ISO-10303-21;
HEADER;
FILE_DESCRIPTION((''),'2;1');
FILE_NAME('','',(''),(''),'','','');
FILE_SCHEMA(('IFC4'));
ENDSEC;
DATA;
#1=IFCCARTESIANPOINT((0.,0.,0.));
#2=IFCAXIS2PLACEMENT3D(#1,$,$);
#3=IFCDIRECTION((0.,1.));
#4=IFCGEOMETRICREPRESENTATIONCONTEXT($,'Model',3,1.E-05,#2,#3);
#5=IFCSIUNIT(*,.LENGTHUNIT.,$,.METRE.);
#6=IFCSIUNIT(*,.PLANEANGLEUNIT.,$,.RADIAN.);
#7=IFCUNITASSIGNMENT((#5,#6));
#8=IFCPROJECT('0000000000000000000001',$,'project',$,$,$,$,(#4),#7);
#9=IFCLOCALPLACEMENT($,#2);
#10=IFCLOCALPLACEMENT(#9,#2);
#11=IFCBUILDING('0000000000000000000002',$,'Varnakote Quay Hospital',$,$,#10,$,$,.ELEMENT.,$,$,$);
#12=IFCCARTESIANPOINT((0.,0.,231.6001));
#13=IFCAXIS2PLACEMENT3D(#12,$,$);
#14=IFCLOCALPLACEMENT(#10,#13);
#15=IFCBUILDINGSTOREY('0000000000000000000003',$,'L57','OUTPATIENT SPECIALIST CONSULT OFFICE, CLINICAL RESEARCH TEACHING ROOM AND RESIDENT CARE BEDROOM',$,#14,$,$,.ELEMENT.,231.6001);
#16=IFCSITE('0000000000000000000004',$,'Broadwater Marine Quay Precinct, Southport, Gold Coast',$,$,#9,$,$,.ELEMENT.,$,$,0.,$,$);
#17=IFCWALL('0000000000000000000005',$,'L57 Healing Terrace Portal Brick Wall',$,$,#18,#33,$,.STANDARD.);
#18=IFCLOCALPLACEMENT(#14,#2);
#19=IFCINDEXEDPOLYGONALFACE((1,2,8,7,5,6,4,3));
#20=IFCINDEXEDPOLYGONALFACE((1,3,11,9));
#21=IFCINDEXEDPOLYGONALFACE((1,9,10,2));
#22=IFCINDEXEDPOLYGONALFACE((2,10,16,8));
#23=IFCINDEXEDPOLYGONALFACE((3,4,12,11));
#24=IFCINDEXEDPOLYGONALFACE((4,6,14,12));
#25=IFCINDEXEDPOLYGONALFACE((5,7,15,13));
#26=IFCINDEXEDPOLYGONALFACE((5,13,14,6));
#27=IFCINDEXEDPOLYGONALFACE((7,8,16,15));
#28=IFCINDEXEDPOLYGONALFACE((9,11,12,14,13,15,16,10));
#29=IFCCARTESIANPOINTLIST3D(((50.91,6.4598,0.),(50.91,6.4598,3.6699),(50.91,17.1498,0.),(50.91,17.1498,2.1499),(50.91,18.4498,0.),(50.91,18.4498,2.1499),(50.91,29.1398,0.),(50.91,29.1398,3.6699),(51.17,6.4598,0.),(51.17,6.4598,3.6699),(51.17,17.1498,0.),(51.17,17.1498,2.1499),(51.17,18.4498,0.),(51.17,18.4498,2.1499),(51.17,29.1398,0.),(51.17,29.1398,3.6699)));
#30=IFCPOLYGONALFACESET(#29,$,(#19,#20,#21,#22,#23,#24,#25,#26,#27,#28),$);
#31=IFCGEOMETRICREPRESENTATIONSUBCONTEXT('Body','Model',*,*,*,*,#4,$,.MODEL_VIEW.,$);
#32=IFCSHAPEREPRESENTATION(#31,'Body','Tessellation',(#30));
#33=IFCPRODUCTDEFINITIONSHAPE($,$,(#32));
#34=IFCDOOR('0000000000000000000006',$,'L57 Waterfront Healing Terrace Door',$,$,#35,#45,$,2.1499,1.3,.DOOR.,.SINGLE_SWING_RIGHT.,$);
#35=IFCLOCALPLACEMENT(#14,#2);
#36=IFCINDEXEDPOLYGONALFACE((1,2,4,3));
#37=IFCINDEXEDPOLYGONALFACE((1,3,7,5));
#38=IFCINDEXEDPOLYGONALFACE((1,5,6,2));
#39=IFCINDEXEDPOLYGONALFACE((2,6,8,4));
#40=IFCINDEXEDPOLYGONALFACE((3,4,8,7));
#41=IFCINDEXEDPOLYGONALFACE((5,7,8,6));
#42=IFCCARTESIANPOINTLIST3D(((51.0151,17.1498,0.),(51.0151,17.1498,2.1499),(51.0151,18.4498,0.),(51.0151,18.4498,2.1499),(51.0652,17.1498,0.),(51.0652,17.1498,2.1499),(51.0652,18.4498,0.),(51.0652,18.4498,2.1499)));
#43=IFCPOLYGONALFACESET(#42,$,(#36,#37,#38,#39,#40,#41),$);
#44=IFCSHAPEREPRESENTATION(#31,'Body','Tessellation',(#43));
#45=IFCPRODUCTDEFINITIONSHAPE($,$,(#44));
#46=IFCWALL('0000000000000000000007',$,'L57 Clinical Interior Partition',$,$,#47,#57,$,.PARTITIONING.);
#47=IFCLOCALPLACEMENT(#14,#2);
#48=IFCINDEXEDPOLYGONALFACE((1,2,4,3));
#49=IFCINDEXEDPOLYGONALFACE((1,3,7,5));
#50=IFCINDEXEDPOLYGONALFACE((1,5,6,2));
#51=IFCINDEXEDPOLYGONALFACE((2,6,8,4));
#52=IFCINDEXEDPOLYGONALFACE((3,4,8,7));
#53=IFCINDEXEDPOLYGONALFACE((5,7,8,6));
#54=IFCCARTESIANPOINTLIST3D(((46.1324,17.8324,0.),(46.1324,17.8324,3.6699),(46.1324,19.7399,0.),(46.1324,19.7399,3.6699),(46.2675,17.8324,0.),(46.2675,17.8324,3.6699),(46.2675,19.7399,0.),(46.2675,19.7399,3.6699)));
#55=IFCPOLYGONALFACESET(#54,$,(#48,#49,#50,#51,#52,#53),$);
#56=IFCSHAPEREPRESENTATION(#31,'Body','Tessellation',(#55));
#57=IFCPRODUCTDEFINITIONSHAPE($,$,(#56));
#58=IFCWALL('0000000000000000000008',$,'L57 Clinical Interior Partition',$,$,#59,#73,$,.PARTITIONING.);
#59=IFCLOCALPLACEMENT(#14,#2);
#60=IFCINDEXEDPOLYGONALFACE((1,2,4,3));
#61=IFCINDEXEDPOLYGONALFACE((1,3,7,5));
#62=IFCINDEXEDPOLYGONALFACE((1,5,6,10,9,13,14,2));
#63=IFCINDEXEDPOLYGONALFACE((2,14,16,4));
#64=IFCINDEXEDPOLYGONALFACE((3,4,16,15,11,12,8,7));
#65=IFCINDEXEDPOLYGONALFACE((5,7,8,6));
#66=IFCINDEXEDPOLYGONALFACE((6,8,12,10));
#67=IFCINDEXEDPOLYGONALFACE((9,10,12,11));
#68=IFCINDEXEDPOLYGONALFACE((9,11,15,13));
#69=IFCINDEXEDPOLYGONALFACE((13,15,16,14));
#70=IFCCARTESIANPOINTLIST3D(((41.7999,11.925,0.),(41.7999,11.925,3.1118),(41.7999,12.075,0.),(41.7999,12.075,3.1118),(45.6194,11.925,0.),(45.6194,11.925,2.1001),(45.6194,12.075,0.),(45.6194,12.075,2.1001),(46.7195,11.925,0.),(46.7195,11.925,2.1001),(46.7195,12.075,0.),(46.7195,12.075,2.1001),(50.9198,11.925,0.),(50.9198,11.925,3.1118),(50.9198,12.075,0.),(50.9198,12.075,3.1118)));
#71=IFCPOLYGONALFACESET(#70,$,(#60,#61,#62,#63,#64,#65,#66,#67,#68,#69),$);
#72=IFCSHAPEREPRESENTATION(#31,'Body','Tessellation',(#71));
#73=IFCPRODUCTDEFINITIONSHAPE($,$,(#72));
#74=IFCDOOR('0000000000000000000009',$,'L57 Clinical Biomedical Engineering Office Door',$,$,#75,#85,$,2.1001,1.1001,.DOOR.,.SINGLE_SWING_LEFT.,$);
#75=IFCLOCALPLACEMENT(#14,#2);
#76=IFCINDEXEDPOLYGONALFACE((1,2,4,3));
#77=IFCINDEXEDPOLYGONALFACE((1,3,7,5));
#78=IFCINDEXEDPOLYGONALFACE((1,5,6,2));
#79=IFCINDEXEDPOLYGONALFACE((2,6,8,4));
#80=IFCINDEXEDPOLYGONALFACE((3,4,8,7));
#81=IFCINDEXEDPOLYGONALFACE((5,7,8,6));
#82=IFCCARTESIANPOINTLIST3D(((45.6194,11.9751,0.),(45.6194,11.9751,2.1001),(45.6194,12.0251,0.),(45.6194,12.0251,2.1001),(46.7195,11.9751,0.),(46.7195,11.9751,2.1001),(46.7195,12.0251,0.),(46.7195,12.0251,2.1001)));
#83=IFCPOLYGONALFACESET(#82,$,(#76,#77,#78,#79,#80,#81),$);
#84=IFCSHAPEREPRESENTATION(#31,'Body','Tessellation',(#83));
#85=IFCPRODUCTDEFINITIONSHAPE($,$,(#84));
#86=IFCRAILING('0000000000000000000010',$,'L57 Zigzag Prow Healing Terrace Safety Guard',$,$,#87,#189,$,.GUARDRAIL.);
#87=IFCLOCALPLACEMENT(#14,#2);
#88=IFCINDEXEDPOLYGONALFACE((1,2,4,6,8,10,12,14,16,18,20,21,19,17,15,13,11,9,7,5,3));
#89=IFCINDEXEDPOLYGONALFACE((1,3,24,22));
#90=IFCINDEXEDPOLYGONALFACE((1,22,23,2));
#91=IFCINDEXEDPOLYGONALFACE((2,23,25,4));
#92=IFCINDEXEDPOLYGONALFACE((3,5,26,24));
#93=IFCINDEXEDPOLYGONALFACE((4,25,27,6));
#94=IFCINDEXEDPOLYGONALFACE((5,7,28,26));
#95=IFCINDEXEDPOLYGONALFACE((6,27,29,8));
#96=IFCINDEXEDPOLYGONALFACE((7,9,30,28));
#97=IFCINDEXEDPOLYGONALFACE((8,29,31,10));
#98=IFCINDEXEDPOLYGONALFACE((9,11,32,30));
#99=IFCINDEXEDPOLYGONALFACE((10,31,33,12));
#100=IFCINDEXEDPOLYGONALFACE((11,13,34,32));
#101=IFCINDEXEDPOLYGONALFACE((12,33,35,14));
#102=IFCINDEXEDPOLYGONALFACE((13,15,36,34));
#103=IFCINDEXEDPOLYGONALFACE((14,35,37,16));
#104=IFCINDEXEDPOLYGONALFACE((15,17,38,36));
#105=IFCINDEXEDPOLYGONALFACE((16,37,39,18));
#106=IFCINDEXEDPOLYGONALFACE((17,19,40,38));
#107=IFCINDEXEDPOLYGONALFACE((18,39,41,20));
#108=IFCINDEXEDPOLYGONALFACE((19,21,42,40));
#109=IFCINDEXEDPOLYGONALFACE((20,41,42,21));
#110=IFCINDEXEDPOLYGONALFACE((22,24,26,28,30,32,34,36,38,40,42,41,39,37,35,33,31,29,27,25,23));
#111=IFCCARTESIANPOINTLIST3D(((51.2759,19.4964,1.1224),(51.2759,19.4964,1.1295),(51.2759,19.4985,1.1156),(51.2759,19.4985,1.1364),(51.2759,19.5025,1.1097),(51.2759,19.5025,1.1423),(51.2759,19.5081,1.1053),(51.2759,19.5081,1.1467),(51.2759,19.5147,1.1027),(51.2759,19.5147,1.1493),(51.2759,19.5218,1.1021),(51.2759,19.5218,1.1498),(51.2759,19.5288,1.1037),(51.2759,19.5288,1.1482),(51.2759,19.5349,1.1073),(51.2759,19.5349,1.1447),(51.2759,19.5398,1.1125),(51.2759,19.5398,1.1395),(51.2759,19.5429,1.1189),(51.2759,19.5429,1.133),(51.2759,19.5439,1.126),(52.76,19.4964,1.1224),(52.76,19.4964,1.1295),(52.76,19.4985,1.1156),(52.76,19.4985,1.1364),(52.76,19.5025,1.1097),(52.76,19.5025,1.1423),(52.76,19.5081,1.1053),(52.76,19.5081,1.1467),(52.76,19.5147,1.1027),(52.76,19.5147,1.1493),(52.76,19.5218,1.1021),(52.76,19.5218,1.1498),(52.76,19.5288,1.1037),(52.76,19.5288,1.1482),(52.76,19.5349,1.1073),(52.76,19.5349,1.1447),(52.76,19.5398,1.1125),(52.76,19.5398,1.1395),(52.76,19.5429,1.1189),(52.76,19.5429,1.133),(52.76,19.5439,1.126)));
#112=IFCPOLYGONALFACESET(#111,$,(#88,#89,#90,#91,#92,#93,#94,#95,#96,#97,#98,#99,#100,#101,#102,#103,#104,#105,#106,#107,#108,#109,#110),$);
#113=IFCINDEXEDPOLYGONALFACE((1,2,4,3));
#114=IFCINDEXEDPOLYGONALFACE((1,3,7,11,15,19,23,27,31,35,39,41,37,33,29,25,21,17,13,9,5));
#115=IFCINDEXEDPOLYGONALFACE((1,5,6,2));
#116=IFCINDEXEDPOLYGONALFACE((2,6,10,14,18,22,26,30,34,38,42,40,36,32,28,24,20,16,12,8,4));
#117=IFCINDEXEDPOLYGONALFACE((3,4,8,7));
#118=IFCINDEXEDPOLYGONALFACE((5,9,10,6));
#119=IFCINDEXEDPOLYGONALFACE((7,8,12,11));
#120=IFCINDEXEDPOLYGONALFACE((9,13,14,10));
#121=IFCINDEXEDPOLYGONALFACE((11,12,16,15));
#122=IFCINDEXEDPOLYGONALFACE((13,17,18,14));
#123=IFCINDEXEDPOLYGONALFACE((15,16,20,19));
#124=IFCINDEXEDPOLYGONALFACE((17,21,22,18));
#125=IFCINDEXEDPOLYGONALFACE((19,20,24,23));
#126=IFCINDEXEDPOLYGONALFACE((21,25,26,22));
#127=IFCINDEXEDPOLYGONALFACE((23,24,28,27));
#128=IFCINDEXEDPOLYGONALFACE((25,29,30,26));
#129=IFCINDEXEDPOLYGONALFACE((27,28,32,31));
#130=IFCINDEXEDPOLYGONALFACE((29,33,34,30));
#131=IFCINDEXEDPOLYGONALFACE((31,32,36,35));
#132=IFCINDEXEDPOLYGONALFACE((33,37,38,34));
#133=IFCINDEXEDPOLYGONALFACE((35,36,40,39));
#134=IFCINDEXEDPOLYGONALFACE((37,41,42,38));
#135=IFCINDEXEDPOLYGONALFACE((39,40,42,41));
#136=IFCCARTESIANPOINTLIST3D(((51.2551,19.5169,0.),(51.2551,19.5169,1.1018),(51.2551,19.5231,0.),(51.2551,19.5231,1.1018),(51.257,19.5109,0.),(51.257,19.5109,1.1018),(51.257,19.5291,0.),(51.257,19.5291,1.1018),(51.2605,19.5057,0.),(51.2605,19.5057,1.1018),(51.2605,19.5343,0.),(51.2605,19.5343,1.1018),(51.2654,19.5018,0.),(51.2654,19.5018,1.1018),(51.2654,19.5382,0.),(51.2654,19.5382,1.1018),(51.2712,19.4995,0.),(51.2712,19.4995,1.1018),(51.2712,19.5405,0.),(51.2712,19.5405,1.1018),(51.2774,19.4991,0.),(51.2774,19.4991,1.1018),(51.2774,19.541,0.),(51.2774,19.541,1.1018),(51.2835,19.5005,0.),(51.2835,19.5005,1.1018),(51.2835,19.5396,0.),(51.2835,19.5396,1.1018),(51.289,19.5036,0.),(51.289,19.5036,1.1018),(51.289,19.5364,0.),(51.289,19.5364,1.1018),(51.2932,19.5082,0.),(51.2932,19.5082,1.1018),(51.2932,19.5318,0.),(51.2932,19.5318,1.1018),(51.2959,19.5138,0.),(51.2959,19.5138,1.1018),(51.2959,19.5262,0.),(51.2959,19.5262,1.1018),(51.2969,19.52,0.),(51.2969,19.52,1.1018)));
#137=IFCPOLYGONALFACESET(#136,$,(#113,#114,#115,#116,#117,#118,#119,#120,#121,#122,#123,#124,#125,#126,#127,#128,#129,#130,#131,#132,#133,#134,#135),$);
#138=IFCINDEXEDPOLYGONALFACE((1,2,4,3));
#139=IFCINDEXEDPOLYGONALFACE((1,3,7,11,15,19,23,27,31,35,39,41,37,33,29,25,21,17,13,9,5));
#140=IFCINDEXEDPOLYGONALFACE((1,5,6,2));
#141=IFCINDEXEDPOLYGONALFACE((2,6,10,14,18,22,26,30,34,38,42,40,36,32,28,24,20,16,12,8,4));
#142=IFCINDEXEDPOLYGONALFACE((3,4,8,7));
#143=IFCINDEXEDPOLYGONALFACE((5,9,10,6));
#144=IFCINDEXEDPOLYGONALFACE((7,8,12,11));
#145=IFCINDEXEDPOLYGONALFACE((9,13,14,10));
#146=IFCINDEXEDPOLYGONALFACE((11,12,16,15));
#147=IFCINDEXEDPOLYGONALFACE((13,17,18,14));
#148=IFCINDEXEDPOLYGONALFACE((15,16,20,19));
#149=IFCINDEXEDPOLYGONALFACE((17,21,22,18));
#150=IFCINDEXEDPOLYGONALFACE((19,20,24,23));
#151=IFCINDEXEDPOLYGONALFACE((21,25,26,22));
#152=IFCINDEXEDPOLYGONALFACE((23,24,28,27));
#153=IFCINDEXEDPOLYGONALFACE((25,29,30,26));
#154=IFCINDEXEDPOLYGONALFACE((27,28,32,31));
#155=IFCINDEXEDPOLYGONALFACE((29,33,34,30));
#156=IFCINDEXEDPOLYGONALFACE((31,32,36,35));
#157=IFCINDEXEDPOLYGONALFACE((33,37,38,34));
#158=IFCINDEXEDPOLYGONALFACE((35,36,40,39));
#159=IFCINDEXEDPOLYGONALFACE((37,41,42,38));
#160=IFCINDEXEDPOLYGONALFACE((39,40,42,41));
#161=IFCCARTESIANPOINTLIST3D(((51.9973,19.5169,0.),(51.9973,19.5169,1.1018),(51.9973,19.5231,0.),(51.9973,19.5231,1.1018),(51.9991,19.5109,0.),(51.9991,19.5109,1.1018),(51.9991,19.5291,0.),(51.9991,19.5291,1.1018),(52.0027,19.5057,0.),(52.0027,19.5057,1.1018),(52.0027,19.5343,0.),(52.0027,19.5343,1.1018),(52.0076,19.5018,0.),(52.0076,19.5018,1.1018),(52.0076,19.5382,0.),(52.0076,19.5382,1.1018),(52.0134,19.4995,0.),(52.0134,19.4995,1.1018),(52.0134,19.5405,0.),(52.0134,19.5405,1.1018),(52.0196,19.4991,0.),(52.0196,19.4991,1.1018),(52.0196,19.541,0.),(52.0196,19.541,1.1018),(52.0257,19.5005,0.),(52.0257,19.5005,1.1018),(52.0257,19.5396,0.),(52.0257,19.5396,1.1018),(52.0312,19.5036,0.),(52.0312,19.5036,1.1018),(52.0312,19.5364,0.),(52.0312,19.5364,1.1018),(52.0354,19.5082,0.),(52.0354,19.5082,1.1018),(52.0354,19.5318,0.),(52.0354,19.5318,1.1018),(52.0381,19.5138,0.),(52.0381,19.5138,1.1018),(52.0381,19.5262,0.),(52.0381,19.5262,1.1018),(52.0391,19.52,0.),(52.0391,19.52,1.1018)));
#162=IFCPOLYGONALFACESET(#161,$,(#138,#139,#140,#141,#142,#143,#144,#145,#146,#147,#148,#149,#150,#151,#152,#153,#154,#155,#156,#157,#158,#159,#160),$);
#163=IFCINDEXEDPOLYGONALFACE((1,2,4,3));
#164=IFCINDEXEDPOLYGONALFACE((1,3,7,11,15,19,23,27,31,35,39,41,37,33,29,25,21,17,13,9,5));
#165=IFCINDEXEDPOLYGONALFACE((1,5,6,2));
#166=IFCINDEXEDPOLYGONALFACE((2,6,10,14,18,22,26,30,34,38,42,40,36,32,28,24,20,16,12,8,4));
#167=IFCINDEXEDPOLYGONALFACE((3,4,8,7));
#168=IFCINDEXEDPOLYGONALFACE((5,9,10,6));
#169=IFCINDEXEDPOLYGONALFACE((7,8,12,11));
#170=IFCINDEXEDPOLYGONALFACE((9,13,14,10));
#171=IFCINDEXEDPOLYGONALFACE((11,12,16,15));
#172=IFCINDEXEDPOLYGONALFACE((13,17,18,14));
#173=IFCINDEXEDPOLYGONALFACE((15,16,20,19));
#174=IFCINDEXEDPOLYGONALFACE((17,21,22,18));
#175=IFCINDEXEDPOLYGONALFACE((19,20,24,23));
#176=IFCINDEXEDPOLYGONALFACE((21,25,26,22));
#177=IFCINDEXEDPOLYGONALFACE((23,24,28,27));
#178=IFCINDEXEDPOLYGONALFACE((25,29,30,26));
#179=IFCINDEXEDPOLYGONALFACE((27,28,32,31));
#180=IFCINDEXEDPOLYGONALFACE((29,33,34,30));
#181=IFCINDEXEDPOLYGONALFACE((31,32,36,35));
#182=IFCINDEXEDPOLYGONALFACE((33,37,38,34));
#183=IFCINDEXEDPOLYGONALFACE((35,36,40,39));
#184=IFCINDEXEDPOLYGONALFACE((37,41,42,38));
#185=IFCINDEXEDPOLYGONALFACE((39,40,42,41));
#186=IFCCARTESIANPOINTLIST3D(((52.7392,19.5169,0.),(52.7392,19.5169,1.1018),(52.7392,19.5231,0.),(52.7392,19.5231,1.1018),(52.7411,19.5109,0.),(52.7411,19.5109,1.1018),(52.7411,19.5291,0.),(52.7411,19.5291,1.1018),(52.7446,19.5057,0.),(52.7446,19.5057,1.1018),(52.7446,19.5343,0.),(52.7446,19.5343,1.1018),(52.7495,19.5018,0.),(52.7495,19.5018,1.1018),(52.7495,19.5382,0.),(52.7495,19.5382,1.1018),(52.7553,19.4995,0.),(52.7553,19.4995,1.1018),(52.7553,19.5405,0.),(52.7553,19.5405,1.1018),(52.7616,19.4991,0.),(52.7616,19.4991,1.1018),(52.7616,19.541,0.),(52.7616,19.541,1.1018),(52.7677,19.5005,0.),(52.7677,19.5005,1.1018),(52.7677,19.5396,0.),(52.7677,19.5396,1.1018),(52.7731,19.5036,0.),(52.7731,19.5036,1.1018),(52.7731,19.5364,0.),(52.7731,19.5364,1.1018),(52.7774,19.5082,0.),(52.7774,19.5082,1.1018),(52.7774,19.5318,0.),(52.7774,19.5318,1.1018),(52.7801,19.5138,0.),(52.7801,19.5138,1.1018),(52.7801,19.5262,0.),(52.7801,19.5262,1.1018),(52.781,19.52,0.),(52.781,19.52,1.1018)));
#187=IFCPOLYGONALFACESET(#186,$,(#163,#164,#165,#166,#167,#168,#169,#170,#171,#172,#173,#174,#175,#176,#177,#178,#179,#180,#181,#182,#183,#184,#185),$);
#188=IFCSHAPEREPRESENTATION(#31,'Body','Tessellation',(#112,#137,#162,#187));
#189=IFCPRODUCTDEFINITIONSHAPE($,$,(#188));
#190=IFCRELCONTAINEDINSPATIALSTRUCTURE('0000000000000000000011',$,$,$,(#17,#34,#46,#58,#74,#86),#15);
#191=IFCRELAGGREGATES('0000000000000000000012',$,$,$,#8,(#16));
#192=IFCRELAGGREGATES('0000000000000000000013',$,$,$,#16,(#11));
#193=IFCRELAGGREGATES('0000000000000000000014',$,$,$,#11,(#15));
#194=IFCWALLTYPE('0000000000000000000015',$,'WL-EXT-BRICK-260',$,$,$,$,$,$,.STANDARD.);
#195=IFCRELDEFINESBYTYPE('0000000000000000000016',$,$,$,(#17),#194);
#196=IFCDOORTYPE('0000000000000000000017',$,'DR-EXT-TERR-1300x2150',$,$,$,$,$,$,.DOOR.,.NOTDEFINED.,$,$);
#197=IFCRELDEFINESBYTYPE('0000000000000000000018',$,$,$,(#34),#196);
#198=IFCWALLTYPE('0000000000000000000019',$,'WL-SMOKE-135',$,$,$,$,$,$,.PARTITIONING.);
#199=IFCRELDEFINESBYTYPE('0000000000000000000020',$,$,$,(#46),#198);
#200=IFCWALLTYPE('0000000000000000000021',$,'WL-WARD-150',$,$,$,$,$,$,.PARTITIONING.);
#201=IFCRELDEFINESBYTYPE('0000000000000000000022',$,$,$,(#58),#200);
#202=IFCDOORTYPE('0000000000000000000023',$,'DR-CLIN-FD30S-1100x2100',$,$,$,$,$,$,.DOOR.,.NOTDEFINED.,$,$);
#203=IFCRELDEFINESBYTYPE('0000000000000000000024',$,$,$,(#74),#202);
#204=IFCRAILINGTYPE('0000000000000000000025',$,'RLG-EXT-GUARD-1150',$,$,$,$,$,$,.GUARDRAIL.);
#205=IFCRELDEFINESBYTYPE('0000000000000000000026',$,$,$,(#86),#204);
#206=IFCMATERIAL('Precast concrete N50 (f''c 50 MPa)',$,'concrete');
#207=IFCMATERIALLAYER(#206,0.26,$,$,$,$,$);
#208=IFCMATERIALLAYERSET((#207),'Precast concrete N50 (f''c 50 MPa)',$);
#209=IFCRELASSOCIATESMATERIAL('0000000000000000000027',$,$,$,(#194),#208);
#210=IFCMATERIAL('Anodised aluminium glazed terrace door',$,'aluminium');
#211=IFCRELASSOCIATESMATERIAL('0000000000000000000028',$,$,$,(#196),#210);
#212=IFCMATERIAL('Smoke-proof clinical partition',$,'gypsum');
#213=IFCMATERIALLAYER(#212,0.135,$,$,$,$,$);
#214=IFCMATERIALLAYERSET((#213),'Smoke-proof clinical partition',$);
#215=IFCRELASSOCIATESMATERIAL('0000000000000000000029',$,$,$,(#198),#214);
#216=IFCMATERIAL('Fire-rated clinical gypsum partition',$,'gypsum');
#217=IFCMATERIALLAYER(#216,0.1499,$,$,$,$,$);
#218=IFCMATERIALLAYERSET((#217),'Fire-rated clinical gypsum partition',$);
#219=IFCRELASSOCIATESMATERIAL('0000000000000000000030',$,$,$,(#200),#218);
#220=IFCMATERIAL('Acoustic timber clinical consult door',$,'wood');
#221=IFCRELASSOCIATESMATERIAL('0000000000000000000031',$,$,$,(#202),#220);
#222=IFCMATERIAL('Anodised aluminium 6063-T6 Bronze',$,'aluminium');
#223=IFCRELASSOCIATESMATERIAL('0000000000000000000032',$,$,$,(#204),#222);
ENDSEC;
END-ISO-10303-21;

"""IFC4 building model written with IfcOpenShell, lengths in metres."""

from ifc_helpers import new_model, si_unit, direction, frame, frame_2d, origin, origin_2d, place, context, subcontext, project, spatial, rectangle, circle, extrude, material, layer, layer_set, type_object, element, fill, save


model = new_model("IFC4")

# Units and contexts
model_context = context("Model", 3, precision=1e-05, world=origin(), true_north=direction((0.0, 1.0)))
body_context = subcontext(model_context, "Body", "Model", "MODEL_VIEW")
ifc_project = project(units=[si_unit("LENGTHUNIT", "METRE"), si_unit("PLANEANGLEUNIT", "RADIAN")], contexts=[model_context])

# Site, building, storey
site_placement = place(None, origin())
site = spatial("IfcSite", under=ifc_project, at=site_placement, Name="Broadwater Marine Quay Precinct, Southport, Gold Coast", CompositionType="ELEMENT", RefElevation=0.0)
building_placement = place(site_placement, origin())
building = spatial("IfcBuilding", under=site, at=building_placement, Name="Varnakote Quay Hospital", CompositionType="ELEMENT")
storey_placement = place(building_placement, frame((0.0, 0.0, 231.6001)))
storey = spatial("IfcBuildingStorey", under=building, at=storey_placement, Name="L57", Description="OUTPATIENT SPECIALIST CONSULT OFFICE, CLINICAL RESEARCH TEACHING ROOM AND RESIDENT CARE BEDROOM", CompositionType="ELEMENT", Elevation=231.6001)

# Shared definitions
ifc_material_1 = material(Name="Precast concrete N50 (f'c 50 MPa)", Category="concrete")
ifc_layer_1 = layer(ifc_material_1, 0.26)
ifc_layer_set_1 = layer_set([ifc_layer_1], Name="Precast concrete N50 (f'c 50 MPa)")
wall_type_1 = type_object("IfcWallType", Name="WL-EXT-BRICK-260", PredefinedType="STANDARD", material=ifc_layer_set_1)

# Wall, opening, door
wall_1_placement = place(storey_placement, frame((51.04, 6.46, 0.0), z_axis=(0.0, 0.0, 1.0), x_axis=(0.0, 1.0, 0.0)))
wall_1 = element("IfcWall", 1, at=wall_1_placement, inside=storey, type_object=wall_type_1, Name="L57 Healing Terrace Portal Brick Wall", PredefinedType="STANDARD", context=body_context, shape_type="SweptSolid", body=[
    extrude(rectangle(XDim=22.6799, YDim=0.26, at=frame_2d((11.3398, 0.0))), origin(), (0.0, 0.0, 1.0), 3.6699),
])
opening_1_placement = place(wall_1_placement, frame((10.6899, 0.0, 0.0)))
opening_1 = element("IfcOpeningElement", 2, at=opening_1_placement, cuts=wall_1, PredefinedType="OPENING", context=body_context, shape_type="SweptSolid", body=[
    extrude(rectangle(XDim=1.3, YDim=2.1499, at=frame_2d((0.6499, 1.075))), frame((0.0, 0.1399, 0.0), z_axis=(0.0, -1.0, 0.0), x_axis=(1.0, 0.0, 0.0)), (0.0, 0.0, 1.0), 0.28),
])
ifc_material_2 = material(Name="Anodised aluminium glazed terrace door", Category="aluminium")
door_type_1 = type_object("IfcDoorType", Name="DR-EXT-TERR-1300x2150", OperationType="NOTDEFINED", PredefinedType="DOOR", material=ifc_material_2)
door_1_placement = place(opening_1_placement, origin())
door_1 = element("IfcDoor", 3, at=door_1_placement, inside=storey, type_object=door_type_1, Name="L57 Waterfront Healing Terrace Door", OperationType="SINGLE_SWING_RIGHT", OverallHeight=2.1499, OverallWidth=1.3, PredefinedType="DOOR", context=body_context, shape_type="SweptSolid", body=[
    extrude(rectangle(XDim=1.3, YDim=2.1499, at=frame_2d((0.6499, 1.075))), frame((0.0, 0.0249, 0.0), z_axis=(0.0, -1.0, 0.0), x_axis=(1.0, 0.0, 0.0)), (0.0, 0.0, 1.0), 0.05),
])
fill(opening_1, door_1)

# Wall
ifc_material_3 = material(Name="Smoke-proof clinical partition", Category="gypsum")
ifc_layer_2 = layer(ifc_material_3, 0.135)
ifc_layer_set_2 = layer_set([ifc_layer_2], Name="Smoke-proof clinical partition")
wall_type_2 = type_object("IfcWallType", Name="WL-SMOKE-135", PredefinedType="PARTITIONING", material=ifc_layer_set_2)
wall_2_placement = place(storey_placement, frame((46.2, 17.8325, 0.0), z_axis=(0.0, 0.0, 1.0), x_axis=(0.0, 1.0, 0.0)))
element("IfcWall", 4, at=wall_2_placement, inside=storey, type_object=wall_type_2, Name="L57 Clinical Interior Partition", PredefinedType="PARTITIONING", context=body_context, shape_type="SweptSolid", body=[
    extrude(rectangle(XDim=1.9075, YDim=0.135, at=frame_2d((0.9536, 0.0))), origin(), (0.0, 0.0, 1.0), 3.6699),
])

# Wall, opening, door
ifc_material_4 = material(Name="Fire-rated clinical gypsum partition", Category="gypsum")
ifc_layer_3 = layer(ifc_material_4, 0.1499)
ifc_layer_set_3 = layer_set([ifc_layer_3], Name="Fire-rated clinical gypsum partition")
wall_type_3 = type_object("IfcWallType", Name="WL-WARD-150", PredefinedType="PARTITIONING", material=ifc_layer_set_3)
wall_3_placement = place(storey_placement, frame((50.9199, 12.0, 0.0), z_axis=(0.0, 0.0, 1.0), x_axis=(-1.0, 0.0, 0.0)))
wall_3 = element("IfcWall", 5, at=wall_3_placement, inside=storey, type_object=wall_type_3, Name="L57 Clinical Interior Partition", PredefinedType="PARTITIONING", context=body_context, shape_type="SweptSolid", body=[
    extrude(rectangle(XDim=9.1199, YDim=0.1499, at=frame_2d((4.5601, 0.0))), origin(), (0.0, 0.0, 1.0), 3.1118),
])
opening_2_placement = place(wall_3_placement, frame((4.2004, 0.0, 0.0)))
opening_2 = element("IfcOpeningElement", 6, at=opening_2_placement, cuts=wall_3, PredefinedType="OPENING", context=body_context, shape_type="SweptSolid", body=[
    extrude(rectangle(XDim=1.1001, YDim=2.1001, at=frame_2d((0.55, 1.05))), frame((0.0, 0.085, 0.0), z_axis=(0.0, -1.0, 0.0), x_axis=(1.0, 0.0, 0.0)), (0.0, 0.0, 1.0), 0.1699),
])
ifc_material_5 = material(Name="Acoustic timber clinical consult door", Category="wood")
door_type_2 = type_object("IfcDoorType", Name="DR-CLIN-FD30S-1100x2100", OperationType="NOTDEFINED", PredefinedType="DOOR", material=ifc_material_5)
door_2_placement = place(opening_2_placement, origin())
door_2 = element("IfcDoor", 7, at=door_2_placement, inside=storey, type_object=door_type_2, Name="L57 Clinical Biomedical Engineering Office Door", OperationType="SINGLE_SWING_LEFT", OverallHeight=2.1001, OverallWidth=1.1001, PredefinedType="DOOR", context=body_context, shape_type="SweptSolid", body=[
    extrude(rectangle(XDim=1.1001, YDim=2.1001, at=frame_2d((0.55, 1.05))), frame((0.0, 0.0249, 0.0), z_axis=(0.0, -1.0, 0.0), x_axis=(1.0, 0.0, 0.0)), (0.0, 0.0, 1.0), 0.05),
])
fill(opening_2, door_2)

# Railing
ifc_material_6 = material(Name="Anodised aluminium 6063-T6 Bronze", Category="aluminium")
railing_type = type_object("IfcRailingType", Name="RLG-EXT-GUARD-1150", PredefinedType="GUARDRAIL", material=ifc_material_6)
railing_1_placement = place(storey_placement, frame((51.2759, 19.52, 0.0)))
element("IfcRailing", 8, at=railing_1_placement, inside=storey, type_object=railing_type, Name="L57 Zigzag Prow Healing Terrace Safety Guard", PredefinedType="GUARDRAIL", context=body_context, shape_type="SweptSolid", body=[
    extrude(circle(Radius=0.0239, at=origin_2d()), frame((0.0, 0.0, 1.126), z_axis=(1.0, 0.0, 0.0), x_axis=(0.0, 1.0, 0.0)), (0.0, 0.0, 1.0), 1.4841),
    extrude(circle(Radius=0.021, at=origin_2d()), origin(), (0.0, 0.0, 1.0), 1.1018),
    extrude(circle(Radius=0.021, at=origin_2d()), frame((0.7422, 0.0, 0.0)), (0.0, 0.0, 1.0), 1.1018),
    extrude(circle(Radius=0.021, at=origin_2d()), frame((1.4841, 0.0, 0.0)), (0.0, 0.0, 1.0), 1.1018),
])

save(model, "model.ifc")
